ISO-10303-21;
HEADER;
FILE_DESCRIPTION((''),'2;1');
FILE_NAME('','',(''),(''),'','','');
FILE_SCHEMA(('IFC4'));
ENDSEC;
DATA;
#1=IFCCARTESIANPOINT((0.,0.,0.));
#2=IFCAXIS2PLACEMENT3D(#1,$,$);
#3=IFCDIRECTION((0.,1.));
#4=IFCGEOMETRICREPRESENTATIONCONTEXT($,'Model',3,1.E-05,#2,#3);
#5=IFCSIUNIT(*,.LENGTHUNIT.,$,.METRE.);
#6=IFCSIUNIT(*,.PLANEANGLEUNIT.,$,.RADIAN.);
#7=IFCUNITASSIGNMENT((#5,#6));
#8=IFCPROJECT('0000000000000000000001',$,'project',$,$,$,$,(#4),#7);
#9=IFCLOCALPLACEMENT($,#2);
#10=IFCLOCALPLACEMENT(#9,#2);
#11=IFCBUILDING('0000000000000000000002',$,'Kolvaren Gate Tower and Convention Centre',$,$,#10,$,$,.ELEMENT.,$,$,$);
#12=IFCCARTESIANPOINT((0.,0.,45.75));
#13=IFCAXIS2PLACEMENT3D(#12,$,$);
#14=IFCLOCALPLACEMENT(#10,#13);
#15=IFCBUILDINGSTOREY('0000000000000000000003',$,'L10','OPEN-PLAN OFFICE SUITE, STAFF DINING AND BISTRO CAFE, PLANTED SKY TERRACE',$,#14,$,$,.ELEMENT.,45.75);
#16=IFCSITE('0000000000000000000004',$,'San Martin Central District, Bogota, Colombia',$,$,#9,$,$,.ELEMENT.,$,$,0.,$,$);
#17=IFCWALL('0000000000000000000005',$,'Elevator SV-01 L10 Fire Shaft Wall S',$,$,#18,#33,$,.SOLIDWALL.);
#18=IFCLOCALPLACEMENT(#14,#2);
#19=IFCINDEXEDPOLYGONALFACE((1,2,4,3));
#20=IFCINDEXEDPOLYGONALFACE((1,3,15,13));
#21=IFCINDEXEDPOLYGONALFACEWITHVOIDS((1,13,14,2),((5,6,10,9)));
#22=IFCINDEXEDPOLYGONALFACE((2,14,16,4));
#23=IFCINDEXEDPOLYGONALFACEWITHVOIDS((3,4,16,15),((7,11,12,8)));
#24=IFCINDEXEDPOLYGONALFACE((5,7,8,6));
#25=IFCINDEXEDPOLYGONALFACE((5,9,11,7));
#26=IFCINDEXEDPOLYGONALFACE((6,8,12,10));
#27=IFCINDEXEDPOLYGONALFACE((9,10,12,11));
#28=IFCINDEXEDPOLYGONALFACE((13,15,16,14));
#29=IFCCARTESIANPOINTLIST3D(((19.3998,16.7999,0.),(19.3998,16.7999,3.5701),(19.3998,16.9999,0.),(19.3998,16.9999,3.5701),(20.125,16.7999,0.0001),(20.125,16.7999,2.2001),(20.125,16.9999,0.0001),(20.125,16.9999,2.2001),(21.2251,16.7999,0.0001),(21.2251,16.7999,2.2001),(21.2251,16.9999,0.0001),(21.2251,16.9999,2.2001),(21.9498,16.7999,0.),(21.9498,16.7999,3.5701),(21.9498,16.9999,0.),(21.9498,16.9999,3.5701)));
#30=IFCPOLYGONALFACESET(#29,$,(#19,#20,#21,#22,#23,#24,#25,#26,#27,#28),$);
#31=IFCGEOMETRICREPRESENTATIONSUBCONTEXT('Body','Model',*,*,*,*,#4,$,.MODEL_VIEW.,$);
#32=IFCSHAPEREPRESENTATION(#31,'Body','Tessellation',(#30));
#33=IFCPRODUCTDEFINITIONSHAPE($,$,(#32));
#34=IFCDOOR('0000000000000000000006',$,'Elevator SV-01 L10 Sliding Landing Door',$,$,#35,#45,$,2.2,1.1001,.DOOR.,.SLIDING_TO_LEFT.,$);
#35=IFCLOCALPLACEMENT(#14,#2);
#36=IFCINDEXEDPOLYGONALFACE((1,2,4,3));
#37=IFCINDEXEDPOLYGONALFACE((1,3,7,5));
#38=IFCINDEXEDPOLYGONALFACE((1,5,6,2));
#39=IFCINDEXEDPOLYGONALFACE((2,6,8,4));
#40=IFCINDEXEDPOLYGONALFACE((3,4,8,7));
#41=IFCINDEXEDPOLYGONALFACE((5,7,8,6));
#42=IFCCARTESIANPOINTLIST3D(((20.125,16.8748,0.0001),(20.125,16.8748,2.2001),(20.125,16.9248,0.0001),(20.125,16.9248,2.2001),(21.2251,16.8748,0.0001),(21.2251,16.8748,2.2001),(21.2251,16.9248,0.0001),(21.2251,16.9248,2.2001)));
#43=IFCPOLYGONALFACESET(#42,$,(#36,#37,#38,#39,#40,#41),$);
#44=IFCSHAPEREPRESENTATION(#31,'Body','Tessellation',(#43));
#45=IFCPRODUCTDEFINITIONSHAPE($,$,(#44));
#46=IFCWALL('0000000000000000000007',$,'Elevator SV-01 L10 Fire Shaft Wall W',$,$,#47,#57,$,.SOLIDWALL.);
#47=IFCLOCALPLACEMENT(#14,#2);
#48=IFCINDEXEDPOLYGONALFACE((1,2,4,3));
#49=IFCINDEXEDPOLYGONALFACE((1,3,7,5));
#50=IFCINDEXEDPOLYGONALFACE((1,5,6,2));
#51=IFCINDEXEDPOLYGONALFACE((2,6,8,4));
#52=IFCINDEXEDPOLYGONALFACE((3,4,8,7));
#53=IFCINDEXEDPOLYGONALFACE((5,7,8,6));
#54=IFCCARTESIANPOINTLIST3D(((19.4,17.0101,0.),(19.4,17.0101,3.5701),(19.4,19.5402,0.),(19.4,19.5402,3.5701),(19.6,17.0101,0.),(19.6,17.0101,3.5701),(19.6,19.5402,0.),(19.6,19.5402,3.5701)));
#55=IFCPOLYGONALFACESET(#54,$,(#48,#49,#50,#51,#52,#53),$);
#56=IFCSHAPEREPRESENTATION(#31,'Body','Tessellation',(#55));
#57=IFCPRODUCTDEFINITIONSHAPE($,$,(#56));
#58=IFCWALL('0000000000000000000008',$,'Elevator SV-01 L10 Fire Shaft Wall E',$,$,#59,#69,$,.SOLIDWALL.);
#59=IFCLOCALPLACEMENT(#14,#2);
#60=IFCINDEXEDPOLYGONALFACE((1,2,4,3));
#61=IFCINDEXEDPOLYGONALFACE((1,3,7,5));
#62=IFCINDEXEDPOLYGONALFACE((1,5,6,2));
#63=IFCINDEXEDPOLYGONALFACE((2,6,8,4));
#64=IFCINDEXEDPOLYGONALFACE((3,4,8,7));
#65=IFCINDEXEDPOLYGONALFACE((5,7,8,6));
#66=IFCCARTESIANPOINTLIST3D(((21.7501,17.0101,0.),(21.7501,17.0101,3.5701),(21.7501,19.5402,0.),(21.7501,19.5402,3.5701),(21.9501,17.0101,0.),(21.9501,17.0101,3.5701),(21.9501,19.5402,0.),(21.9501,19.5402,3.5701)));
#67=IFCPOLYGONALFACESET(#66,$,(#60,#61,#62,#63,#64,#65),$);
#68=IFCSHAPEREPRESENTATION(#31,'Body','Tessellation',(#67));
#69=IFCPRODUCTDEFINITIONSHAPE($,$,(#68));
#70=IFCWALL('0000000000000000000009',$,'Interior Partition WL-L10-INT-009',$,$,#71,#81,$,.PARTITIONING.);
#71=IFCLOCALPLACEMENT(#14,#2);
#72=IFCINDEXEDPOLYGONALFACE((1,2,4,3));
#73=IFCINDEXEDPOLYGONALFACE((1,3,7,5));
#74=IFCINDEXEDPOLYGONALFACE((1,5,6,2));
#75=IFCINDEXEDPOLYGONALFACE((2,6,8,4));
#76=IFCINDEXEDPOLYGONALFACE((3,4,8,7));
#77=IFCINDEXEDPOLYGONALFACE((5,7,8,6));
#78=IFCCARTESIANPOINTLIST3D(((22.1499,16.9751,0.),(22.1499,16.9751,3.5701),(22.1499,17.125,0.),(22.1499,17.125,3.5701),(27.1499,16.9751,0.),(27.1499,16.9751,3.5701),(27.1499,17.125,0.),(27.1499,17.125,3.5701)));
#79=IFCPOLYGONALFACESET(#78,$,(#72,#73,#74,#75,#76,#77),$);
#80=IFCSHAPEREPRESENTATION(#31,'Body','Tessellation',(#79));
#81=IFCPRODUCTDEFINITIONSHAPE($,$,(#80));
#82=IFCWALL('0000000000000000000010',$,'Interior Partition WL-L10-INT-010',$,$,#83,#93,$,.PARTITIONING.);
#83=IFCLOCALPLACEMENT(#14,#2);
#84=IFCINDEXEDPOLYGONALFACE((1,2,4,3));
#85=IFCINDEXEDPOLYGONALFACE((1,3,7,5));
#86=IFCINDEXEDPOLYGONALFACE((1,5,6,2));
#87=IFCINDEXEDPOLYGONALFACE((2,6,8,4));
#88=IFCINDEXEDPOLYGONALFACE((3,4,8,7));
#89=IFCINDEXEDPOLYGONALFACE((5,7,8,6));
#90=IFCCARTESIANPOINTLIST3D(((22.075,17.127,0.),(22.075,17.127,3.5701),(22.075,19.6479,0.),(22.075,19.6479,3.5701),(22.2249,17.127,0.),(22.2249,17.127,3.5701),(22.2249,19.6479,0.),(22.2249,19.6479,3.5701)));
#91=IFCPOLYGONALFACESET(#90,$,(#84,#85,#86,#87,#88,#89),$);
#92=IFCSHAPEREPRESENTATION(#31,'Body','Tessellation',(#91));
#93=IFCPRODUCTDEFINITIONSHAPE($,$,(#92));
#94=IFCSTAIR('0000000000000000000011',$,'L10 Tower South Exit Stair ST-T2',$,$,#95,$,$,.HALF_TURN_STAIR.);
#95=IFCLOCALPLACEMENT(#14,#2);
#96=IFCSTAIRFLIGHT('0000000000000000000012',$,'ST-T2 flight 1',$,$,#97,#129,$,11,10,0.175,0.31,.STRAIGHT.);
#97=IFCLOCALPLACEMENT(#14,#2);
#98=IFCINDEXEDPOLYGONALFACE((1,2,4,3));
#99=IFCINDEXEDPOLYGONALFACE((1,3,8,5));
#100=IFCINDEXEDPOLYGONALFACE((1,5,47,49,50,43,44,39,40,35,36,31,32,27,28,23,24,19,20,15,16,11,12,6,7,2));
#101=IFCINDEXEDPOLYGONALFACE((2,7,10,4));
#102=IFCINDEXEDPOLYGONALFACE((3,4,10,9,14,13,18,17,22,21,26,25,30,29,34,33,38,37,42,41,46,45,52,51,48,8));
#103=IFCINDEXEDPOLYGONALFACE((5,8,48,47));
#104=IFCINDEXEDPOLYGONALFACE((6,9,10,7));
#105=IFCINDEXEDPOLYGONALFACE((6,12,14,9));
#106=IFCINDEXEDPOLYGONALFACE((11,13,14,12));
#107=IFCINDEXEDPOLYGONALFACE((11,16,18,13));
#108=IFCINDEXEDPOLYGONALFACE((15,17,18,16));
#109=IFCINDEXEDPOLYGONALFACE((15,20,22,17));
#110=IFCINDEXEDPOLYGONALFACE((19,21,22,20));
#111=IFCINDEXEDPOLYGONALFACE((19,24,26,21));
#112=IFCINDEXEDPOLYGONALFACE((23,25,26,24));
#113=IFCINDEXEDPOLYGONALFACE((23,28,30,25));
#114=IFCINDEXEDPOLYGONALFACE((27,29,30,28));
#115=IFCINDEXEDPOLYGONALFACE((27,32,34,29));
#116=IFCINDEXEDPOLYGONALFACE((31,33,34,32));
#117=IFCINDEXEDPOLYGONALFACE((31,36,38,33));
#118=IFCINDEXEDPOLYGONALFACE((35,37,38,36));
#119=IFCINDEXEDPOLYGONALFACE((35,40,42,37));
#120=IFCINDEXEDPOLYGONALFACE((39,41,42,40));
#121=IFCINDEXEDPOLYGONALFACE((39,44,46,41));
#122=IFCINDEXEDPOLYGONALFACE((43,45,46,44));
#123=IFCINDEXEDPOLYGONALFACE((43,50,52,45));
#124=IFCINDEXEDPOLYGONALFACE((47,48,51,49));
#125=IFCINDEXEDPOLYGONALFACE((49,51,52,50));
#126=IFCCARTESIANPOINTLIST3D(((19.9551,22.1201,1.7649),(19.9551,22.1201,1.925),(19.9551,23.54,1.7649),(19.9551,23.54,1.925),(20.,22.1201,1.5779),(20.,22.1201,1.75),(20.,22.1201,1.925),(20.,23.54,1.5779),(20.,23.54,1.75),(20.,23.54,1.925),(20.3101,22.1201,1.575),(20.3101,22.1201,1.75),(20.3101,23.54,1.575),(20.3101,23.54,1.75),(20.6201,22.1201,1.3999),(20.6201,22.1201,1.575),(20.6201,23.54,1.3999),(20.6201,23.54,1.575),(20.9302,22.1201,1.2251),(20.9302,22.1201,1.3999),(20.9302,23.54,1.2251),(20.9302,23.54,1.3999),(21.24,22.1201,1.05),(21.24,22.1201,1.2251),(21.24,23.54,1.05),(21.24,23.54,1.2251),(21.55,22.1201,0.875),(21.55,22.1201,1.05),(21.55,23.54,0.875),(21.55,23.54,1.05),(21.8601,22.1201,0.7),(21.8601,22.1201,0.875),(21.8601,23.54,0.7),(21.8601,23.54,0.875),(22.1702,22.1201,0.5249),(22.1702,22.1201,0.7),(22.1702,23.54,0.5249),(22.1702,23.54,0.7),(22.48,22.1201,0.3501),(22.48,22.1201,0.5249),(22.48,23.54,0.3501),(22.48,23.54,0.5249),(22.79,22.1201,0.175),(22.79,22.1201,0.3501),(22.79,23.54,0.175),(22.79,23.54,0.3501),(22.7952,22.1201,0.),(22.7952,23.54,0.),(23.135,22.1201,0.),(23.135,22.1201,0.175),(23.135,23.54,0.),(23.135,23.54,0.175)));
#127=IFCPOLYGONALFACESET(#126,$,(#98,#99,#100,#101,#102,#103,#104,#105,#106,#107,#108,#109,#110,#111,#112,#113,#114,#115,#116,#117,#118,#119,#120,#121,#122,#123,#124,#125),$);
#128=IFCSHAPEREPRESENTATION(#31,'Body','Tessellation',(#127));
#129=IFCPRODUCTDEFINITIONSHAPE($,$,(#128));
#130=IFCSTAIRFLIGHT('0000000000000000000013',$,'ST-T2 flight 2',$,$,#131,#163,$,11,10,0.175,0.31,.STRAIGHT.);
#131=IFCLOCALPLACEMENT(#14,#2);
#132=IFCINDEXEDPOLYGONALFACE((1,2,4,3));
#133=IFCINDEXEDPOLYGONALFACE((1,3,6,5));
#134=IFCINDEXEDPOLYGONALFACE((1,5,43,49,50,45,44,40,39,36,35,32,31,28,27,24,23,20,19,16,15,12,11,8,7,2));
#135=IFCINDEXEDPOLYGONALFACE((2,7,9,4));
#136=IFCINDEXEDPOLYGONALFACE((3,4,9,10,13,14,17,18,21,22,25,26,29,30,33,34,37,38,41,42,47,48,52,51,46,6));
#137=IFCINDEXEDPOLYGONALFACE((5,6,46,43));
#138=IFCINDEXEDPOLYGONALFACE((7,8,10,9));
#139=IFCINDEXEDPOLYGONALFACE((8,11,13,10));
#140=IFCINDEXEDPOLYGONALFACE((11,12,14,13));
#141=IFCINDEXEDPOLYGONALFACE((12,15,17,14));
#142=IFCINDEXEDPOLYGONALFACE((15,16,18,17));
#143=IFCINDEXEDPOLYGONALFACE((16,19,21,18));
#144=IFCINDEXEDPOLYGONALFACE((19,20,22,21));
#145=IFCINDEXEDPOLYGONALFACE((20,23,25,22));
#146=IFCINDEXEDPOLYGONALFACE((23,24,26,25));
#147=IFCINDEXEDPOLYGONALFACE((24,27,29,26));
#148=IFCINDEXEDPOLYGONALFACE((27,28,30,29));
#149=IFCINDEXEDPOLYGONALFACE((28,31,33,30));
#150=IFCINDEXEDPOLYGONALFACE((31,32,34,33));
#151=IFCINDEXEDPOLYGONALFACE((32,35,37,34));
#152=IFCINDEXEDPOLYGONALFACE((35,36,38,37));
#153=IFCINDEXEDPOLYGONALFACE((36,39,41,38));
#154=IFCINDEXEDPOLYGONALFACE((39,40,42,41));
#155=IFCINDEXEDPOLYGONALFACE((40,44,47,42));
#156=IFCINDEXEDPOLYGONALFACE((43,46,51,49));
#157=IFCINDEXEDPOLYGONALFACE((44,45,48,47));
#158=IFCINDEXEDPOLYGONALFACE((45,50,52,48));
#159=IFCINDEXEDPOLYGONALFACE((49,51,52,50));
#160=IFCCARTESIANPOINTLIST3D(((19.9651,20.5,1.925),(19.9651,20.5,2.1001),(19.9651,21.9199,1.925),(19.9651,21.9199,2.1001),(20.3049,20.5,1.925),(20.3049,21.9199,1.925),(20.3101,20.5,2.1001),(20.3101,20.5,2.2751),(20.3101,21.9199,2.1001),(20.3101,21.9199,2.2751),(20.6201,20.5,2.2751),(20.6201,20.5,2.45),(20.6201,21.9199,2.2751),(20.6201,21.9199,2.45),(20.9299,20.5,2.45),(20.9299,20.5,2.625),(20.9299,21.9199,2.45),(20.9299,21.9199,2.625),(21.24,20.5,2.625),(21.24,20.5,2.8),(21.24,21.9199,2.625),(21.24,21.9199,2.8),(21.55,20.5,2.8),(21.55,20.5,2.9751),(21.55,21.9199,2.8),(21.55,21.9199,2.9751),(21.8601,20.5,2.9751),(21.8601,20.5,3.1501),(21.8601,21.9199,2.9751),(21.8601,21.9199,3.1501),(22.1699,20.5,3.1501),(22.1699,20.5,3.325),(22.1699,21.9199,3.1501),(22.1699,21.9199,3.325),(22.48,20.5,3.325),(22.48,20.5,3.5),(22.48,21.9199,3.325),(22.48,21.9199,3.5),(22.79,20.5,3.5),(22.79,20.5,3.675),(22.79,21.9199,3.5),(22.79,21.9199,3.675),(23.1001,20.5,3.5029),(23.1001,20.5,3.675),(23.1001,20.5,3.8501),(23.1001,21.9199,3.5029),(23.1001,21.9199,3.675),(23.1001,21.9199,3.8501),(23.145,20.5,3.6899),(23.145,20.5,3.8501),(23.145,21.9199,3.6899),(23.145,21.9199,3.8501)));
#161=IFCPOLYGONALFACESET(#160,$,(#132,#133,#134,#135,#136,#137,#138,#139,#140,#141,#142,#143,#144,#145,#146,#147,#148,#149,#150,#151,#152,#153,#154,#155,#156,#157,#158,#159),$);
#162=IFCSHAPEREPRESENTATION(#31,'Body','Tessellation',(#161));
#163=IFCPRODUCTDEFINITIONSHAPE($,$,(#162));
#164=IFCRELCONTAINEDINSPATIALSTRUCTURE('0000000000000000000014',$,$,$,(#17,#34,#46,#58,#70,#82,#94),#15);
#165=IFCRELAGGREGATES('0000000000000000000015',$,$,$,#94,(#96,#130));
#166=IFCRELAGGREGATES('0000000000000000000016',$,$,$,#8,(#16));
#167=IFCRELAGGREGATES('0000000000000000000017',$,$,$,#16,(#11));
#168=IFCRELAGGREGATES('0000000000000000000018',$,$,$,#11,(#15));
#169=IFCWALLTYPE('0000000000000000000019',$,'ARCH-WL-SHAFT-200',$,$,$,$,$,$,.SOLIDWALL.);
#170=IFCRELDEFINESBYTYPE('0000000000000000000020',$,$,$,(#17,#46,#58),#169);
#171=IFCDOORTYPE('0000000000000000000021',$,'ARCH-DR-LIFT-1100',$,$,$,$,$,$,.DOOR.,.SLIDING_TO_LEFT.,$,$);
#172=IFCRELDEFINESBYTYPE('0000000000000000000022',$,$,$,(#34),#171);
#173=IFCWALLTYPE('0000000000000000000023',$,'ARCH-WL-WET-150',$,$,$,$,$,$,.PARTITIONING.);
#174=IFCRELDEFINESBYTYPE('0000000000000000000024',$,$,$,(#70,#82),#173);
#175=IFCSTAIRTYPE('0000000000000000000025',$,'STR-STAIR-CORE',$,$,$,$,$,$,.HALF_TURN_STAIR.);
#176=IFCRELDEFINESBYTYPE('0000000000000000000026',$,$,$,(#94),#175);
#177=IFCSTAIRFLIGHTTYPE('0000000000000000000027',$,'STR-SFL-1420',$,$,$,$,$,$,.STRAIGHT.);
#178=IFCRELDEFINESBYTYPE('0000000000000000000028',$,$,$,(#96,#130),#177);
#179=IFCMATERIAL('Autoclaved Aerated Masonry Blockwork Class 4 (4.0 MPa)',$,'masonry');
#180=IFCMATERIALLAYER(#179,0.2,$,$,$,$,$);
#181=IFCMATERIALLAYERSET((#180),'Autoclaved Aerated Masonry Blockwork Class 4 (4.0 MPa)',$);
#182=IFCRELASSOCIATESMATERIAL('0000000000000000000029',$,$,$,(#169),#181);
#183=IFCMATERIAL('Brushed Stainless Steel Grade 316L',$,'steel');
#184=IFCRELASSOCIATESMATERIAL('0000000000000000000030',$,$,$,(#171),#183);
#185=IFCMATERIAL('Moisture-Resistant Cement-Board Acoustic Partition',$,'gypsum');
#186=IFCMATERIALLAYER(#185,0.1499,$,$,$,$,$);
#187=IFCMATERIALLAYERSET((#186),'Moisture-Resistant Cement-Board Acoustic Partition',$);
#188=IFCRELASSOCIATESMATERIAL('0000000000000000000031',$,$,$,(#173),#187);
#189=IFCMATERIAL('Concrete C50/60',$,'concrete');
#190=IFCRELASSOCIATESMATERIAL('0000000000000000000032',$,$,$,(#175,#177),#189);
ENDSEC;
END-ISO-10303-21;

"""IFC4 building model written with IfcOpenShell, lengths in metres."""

from ifc_helpers import new_model, si_unit, direction, frame, frame_2d, origin, place, context, subcontext, project, spatial, polyline, rectangle, outline, extrude, material, layer, layer_set, type_object, element, fill, aggregate, save


model = new_model("IFC4")

# Units and contexts
model_context = context("Model", 3, precision=1e-05, world=origin(), true_north=direction((0.0, 1.0)))
body_context = subcontext(model_context, "Body", "Model", "MODEL_VIEW")
ifc_project = project(units=[si_unit("LENGTHUNIT", "METRE"), si_unit("PLANEANGLEUNIT", "RADIAN")], contexts=[model_context])

# Site, building, storey
site_placement = place(None, origin())
site = spatial("IfcSite", under=ifc_project, at=site_placement, Name="San Martin Central District, Bogota, Colombia", CompositionType="ELEMENT", RefElevation=0.0)
building_placement = place(site_placement, origin())
building = spatial("IfcBuilding", under=site, at=building_placement, Name="Kolvaren Gate Tower and Convention Centre", CompositionType="ELEMENT")
storey_placement = place(building_placement, frame((0.0, 0.0, 45.75)))
storey = spatial("IfcBuildingStorey", under=building, at=storey_placement, Name="L10", Description="OPEN-PLAN OFFICE SUITE, STAFF DINING AND BISTRO CAFE, PLANTED SKY TERRACE", CompositionType="ELEMENT", Elevation=45.75)

# Shared definitions
ifc_material_1 = material(Name="Autoclaved Aerated Masonry Blockwork Class 4 (4.0 MPa)", Category="masonry")
ifc_layer_1 = layer(ifc_material_1, 0.2)
ifc_layer_set_1 = layer_set([ifc_layer_1], Name="Autoclaved Aerated Masonry Blockwork Class 4 (4.0 MPa)")
wall_type_1 = type_object("IfcWallType", Name="ARCH-WL-SHAFT-200", PredefinedType="SOLIDWALL", material=ifc_layer_set_1)

# Wall, opening, door
ifc_material_2 = material(Name="Brushed Stainless Steel Grade 316L", Category="steel")
door_type = type_object("IfcDoorType", Name="ARCH-DR-LIFT-1100", OperationType="SLIDING_TO_LEFT", PredefinedType="DOOR", material=ifc_material_2)
wall_1_placement = place(storey_placement, frame((19.3999, 16.8999, 0.0), z_axis=(0.0, 0.0, 1.0), x_axis=(1.0, 0.0, 0.0)))
wall_1 = element("IfcWall", 1, at=wall_1_placement, inside=storey, type_object=wall_type_1, Name="Elevator SV-01 L10 Fire Shaft Wall S", PredefinedType="SOLIDWALL", context=body_context, shape_type="SweptSolid", body=[
    extrude(rectangle(XDim=2.55, YDim=0.2, at=frame_2d((1.2749, 0.0))), origin(), (0.0, 0.0, 1.0), 3.5701),
])
opening_1_placement = place(wall_1_placement, frame((0.7251, 0.0, 0.0)))
opening_1 = element("IfcOpeningElement", 2, at=opening_1_placement, cuts=wall_1, PredefinedType="OPENING", context=body_context, shape_type="SweptSolid", body=[
    extrude(rectangle(XDim=1.1001, YDim=2.2, at=frame_2d((0.55, 1.1001))), frame((0.0, 0.1099, 0.0), z_axis=(0.0, -1.0, 0.0), x_axis=(1.0, 0.0, 0.0)), (0.0, 0.0, 1.0), 0.22),
])
door_1_placement = place(opening_1_placement, origin())
door_1 = element("IfcDoor", 3, at=door_1_placement, inside=storey, type_object=door_type, Name="Elevator SV-01 L10 Sliding Landing Door", OperationType="SLIDING_TO_LEFT", OverallHeight=2.2, OverallWidth=1.1001, PredefinedType="DOOR", context=body_context, shape_type="SweptSolid", body=[
    extrude(rectangle(XDim=1.1001, YDim=2.2, at=frame_2d((0.55, 1.1001))), frame((0.0, 0.0249, 0.0), z_axis=(0.0, -1.0, 0.0), x_axis=(1.0, 0.0, 0.0)), (0.0, 0.0, 1.0), 0.05),
])
fill(opening_1, door_1)

# Walls
for number, where, z_axis, x_axis, name in (
    (4, (19.5, 17.01, 0.0), (0.0, 0.0, 1.0), (0.0, 1.0, 0.0), "Elevator SV-01 L10 Fire Shaft Wall W"),
    (5, (21.8501, 17.01, 0.0), (0.0, 0.0, 1.0), (0.0, 1.0, 0.0), "Elevator SV-01 L10 Fire Shaft Wall E"),
):
    element("IfcWall", number, at=place(storey_placement, frame(where, z_axis=z_axis, x_axis=x_axis)), inside=storey, type_object=wall_type_1, Name=name, PredefinedType="SOLIDWALL", context=body_context, shape_type="SweptSolid", body=[
        extrude(rectangle(XDim=2.53, YDim=0.2, at=frame_2d((1.2651, 0.0))), origin(), (0.0, 0.0, 1.0), 3.5701),
    ])
ifc_material_3 = material(Name="Moisture-Resistant Cement-Board Acoustic Partition", Category="gypsum")
ifc_layer_2 = layer(ifc_material_3, 0.1499)
ifc_layer_set_2 = layer_set([ifc_layer_2], Name="Moisture-Resistant Cement-Board Acoustic Partition")
wall_type_2 = type_object("IfcWallType", Name="ARCH-WL-WET-150", PredefinedType="PARTITIONING", material=ifc_layer_set_2)
wall_2_placement = place(storey_placement, frame((22.1499, 17.05, 0.0), z_axis=(0.0, 0.0, 1.0), x_axis=(1.0, 0.0, 0.0)))
element("IfcWall", 6, at=wall_2_placement, inside=storey, type_object=wall_type_2, Name="Interior Partition WL-L10-INT-009", PredefinedType="PARTITIONING", context=body_context, shape_type="SweptSolid", body=[
    extrude(rectangle(XDim=5.0, YDim=0.1499, at=frame_2d((2.5, 0.0))), origin(), (0.0, 0.0, 1.0), 3.5701),
])
wall_3_placement = place(storey_placement, frame((22.1499, 17.127, 0.0), z_axis=(0.0, 0.0, 1.0), x_axis=(0.0, 1.0, 0.0)))
element("IfcWall", 7, at=wall_3_placement, inside=storey, type_object=wall_type_2, Name="Interior Partition WL-L10-INT-010", PredefinedType="PARTITIONING", context=body_context, shape_type="SweptSolid", body=[
    extrude(rectangle(XDim=2.521, YDim=0.1499, at=frame_2d((1.2605, 0.0))), origin(), (0.0, 0.0, 1.0), 3.5701),
])

# Stair, stair flights
ifc_material_4 = material(Name="Concrete C50/60", Category="concrete")
stair_type = type_object("IfcStairType", Name="STR-STAIR-CORE", PredefinedType="HALF_TURN_STAIR", material=ifc_material_4)
stair_placement = place(storey_placement, origin())
stair = element("IfcStair", 8, at=stair_placement, inside=storey, type_object=stair_type, Name="L10 Tower South Exit Stair ST-T2", PredefinedType="HALF_TURN_STAIR")
stair_flight_type = type_object("IfcStairFlightType", Name="STR-SFL-1420", PredefinedType="STRAIGHT", material=ifc_material_4)
stair_flight_1_placement = place(storey_placement, frame((23.1001, 22.8301, 0.0), z_axis=(0.0, 0.0, 1.0), x_axis=(-1.0, 0.0, 0.0)))
stair_flight_1 = element("IfcStairFlight", 9, at=stair_flight_1_placement, type_object=stair_flight_type, Name="ST-T2 flight 1", NumberOfRisers=11, NumberOfTreads=10, PredefinedType="STRAIGHT", RiserHeight=0.175, TreadLength=0.31, context=body_context, shape_type="SweptSolid", body=[
    extrude(outline(polyline([(-0.0349, 0.0), (-0.0349, 0.175), (0.3101, 0.175), (0.3101, 0.3501), (0.6201, 0.3501), (0.6201, 0.5249), (0.9299, 0.5249), (0.9299, 0.7), (1.24, 0.7), (1.24, 0.875), (1.55, 0.875), (1.55, 1.05), (1.8601, 1.05), (1.8601, 1.2251), (2.1699, 1.2251), (2.1699, 1.3999), (2.48, 1.3999), (2.48, 1.575), (2.79, 1.575), (2.79, 1.75), (3.1001, 1.75), (3.1001, 1.925), (3.145, 1.925), (3.145, 1.7649), (3.1001, 1.5779), (0.3049, 0.0), (-0.0349, 0.0)])), frame((0.0, 0.71, 0.0), z_axis=(0.0, -1.0, 0.0), x_axis=(1.0, 0.0, 0.0)), (0.0, 0.0, 1.0), 1.4199),
])
stair_flight_2_placement = place(storey_placement, frame((20.0, 21.21, 1.925), z_axis=(0.0, 0.0, 1.0), x_axis=(1.0, 0.0, 0.0)))
stair_flight_2 = element("IfcStairFlight", 10, at=stair_flight_2_placement, type_object=stair_flight_type, Name="ST-T2 flight 2", NumberOfRisers=11, NumberOfTreads=10, PredefinedType="STRAIGHT", RiserHeight=0.175, TreadLength=0.31, context=body_context, shape_type="SweptSolid", body=[
    extrude(outline(polyline([(-0.0349, 0.0), (-0.0349, 0.175), (0.3101, 0.175), (0.3101, 0.3501), (0.6201, 0.3501), (0.6201, 0.5249), (0.9299, 0.5249), (0.9299, 0.7), (1.24, 0.7), (1.24, 0.875), (1.55, 0.875), (1.55, 1.05), (1.8601, 1.05), (1.8601, 1.2251), (2.1699, 1.2251), (2.1699, 1.3999), (2.48, 1.3999), (2.48, 1.575), (2.79, 1.575), (2.79, 1.75), (3.1001, 1.75), (3.1001, 1.925), (3.145, 1.925), (3.145, 1.7649), (3.1001, 1.5779), (0.3049, 0.0), (-0.0349, 0.0)])), frame((0.0, 0.71, 0.0), z_axis=(0.0, -1.0, 0.0), x_axis=(1.0, 0.0, 0.0)), (0.0, 0.0, 1.0), 1.4199),
])
aggregate(stair, [stair_flight_1, stair_flight_2])

save(model, "model.ifc")
